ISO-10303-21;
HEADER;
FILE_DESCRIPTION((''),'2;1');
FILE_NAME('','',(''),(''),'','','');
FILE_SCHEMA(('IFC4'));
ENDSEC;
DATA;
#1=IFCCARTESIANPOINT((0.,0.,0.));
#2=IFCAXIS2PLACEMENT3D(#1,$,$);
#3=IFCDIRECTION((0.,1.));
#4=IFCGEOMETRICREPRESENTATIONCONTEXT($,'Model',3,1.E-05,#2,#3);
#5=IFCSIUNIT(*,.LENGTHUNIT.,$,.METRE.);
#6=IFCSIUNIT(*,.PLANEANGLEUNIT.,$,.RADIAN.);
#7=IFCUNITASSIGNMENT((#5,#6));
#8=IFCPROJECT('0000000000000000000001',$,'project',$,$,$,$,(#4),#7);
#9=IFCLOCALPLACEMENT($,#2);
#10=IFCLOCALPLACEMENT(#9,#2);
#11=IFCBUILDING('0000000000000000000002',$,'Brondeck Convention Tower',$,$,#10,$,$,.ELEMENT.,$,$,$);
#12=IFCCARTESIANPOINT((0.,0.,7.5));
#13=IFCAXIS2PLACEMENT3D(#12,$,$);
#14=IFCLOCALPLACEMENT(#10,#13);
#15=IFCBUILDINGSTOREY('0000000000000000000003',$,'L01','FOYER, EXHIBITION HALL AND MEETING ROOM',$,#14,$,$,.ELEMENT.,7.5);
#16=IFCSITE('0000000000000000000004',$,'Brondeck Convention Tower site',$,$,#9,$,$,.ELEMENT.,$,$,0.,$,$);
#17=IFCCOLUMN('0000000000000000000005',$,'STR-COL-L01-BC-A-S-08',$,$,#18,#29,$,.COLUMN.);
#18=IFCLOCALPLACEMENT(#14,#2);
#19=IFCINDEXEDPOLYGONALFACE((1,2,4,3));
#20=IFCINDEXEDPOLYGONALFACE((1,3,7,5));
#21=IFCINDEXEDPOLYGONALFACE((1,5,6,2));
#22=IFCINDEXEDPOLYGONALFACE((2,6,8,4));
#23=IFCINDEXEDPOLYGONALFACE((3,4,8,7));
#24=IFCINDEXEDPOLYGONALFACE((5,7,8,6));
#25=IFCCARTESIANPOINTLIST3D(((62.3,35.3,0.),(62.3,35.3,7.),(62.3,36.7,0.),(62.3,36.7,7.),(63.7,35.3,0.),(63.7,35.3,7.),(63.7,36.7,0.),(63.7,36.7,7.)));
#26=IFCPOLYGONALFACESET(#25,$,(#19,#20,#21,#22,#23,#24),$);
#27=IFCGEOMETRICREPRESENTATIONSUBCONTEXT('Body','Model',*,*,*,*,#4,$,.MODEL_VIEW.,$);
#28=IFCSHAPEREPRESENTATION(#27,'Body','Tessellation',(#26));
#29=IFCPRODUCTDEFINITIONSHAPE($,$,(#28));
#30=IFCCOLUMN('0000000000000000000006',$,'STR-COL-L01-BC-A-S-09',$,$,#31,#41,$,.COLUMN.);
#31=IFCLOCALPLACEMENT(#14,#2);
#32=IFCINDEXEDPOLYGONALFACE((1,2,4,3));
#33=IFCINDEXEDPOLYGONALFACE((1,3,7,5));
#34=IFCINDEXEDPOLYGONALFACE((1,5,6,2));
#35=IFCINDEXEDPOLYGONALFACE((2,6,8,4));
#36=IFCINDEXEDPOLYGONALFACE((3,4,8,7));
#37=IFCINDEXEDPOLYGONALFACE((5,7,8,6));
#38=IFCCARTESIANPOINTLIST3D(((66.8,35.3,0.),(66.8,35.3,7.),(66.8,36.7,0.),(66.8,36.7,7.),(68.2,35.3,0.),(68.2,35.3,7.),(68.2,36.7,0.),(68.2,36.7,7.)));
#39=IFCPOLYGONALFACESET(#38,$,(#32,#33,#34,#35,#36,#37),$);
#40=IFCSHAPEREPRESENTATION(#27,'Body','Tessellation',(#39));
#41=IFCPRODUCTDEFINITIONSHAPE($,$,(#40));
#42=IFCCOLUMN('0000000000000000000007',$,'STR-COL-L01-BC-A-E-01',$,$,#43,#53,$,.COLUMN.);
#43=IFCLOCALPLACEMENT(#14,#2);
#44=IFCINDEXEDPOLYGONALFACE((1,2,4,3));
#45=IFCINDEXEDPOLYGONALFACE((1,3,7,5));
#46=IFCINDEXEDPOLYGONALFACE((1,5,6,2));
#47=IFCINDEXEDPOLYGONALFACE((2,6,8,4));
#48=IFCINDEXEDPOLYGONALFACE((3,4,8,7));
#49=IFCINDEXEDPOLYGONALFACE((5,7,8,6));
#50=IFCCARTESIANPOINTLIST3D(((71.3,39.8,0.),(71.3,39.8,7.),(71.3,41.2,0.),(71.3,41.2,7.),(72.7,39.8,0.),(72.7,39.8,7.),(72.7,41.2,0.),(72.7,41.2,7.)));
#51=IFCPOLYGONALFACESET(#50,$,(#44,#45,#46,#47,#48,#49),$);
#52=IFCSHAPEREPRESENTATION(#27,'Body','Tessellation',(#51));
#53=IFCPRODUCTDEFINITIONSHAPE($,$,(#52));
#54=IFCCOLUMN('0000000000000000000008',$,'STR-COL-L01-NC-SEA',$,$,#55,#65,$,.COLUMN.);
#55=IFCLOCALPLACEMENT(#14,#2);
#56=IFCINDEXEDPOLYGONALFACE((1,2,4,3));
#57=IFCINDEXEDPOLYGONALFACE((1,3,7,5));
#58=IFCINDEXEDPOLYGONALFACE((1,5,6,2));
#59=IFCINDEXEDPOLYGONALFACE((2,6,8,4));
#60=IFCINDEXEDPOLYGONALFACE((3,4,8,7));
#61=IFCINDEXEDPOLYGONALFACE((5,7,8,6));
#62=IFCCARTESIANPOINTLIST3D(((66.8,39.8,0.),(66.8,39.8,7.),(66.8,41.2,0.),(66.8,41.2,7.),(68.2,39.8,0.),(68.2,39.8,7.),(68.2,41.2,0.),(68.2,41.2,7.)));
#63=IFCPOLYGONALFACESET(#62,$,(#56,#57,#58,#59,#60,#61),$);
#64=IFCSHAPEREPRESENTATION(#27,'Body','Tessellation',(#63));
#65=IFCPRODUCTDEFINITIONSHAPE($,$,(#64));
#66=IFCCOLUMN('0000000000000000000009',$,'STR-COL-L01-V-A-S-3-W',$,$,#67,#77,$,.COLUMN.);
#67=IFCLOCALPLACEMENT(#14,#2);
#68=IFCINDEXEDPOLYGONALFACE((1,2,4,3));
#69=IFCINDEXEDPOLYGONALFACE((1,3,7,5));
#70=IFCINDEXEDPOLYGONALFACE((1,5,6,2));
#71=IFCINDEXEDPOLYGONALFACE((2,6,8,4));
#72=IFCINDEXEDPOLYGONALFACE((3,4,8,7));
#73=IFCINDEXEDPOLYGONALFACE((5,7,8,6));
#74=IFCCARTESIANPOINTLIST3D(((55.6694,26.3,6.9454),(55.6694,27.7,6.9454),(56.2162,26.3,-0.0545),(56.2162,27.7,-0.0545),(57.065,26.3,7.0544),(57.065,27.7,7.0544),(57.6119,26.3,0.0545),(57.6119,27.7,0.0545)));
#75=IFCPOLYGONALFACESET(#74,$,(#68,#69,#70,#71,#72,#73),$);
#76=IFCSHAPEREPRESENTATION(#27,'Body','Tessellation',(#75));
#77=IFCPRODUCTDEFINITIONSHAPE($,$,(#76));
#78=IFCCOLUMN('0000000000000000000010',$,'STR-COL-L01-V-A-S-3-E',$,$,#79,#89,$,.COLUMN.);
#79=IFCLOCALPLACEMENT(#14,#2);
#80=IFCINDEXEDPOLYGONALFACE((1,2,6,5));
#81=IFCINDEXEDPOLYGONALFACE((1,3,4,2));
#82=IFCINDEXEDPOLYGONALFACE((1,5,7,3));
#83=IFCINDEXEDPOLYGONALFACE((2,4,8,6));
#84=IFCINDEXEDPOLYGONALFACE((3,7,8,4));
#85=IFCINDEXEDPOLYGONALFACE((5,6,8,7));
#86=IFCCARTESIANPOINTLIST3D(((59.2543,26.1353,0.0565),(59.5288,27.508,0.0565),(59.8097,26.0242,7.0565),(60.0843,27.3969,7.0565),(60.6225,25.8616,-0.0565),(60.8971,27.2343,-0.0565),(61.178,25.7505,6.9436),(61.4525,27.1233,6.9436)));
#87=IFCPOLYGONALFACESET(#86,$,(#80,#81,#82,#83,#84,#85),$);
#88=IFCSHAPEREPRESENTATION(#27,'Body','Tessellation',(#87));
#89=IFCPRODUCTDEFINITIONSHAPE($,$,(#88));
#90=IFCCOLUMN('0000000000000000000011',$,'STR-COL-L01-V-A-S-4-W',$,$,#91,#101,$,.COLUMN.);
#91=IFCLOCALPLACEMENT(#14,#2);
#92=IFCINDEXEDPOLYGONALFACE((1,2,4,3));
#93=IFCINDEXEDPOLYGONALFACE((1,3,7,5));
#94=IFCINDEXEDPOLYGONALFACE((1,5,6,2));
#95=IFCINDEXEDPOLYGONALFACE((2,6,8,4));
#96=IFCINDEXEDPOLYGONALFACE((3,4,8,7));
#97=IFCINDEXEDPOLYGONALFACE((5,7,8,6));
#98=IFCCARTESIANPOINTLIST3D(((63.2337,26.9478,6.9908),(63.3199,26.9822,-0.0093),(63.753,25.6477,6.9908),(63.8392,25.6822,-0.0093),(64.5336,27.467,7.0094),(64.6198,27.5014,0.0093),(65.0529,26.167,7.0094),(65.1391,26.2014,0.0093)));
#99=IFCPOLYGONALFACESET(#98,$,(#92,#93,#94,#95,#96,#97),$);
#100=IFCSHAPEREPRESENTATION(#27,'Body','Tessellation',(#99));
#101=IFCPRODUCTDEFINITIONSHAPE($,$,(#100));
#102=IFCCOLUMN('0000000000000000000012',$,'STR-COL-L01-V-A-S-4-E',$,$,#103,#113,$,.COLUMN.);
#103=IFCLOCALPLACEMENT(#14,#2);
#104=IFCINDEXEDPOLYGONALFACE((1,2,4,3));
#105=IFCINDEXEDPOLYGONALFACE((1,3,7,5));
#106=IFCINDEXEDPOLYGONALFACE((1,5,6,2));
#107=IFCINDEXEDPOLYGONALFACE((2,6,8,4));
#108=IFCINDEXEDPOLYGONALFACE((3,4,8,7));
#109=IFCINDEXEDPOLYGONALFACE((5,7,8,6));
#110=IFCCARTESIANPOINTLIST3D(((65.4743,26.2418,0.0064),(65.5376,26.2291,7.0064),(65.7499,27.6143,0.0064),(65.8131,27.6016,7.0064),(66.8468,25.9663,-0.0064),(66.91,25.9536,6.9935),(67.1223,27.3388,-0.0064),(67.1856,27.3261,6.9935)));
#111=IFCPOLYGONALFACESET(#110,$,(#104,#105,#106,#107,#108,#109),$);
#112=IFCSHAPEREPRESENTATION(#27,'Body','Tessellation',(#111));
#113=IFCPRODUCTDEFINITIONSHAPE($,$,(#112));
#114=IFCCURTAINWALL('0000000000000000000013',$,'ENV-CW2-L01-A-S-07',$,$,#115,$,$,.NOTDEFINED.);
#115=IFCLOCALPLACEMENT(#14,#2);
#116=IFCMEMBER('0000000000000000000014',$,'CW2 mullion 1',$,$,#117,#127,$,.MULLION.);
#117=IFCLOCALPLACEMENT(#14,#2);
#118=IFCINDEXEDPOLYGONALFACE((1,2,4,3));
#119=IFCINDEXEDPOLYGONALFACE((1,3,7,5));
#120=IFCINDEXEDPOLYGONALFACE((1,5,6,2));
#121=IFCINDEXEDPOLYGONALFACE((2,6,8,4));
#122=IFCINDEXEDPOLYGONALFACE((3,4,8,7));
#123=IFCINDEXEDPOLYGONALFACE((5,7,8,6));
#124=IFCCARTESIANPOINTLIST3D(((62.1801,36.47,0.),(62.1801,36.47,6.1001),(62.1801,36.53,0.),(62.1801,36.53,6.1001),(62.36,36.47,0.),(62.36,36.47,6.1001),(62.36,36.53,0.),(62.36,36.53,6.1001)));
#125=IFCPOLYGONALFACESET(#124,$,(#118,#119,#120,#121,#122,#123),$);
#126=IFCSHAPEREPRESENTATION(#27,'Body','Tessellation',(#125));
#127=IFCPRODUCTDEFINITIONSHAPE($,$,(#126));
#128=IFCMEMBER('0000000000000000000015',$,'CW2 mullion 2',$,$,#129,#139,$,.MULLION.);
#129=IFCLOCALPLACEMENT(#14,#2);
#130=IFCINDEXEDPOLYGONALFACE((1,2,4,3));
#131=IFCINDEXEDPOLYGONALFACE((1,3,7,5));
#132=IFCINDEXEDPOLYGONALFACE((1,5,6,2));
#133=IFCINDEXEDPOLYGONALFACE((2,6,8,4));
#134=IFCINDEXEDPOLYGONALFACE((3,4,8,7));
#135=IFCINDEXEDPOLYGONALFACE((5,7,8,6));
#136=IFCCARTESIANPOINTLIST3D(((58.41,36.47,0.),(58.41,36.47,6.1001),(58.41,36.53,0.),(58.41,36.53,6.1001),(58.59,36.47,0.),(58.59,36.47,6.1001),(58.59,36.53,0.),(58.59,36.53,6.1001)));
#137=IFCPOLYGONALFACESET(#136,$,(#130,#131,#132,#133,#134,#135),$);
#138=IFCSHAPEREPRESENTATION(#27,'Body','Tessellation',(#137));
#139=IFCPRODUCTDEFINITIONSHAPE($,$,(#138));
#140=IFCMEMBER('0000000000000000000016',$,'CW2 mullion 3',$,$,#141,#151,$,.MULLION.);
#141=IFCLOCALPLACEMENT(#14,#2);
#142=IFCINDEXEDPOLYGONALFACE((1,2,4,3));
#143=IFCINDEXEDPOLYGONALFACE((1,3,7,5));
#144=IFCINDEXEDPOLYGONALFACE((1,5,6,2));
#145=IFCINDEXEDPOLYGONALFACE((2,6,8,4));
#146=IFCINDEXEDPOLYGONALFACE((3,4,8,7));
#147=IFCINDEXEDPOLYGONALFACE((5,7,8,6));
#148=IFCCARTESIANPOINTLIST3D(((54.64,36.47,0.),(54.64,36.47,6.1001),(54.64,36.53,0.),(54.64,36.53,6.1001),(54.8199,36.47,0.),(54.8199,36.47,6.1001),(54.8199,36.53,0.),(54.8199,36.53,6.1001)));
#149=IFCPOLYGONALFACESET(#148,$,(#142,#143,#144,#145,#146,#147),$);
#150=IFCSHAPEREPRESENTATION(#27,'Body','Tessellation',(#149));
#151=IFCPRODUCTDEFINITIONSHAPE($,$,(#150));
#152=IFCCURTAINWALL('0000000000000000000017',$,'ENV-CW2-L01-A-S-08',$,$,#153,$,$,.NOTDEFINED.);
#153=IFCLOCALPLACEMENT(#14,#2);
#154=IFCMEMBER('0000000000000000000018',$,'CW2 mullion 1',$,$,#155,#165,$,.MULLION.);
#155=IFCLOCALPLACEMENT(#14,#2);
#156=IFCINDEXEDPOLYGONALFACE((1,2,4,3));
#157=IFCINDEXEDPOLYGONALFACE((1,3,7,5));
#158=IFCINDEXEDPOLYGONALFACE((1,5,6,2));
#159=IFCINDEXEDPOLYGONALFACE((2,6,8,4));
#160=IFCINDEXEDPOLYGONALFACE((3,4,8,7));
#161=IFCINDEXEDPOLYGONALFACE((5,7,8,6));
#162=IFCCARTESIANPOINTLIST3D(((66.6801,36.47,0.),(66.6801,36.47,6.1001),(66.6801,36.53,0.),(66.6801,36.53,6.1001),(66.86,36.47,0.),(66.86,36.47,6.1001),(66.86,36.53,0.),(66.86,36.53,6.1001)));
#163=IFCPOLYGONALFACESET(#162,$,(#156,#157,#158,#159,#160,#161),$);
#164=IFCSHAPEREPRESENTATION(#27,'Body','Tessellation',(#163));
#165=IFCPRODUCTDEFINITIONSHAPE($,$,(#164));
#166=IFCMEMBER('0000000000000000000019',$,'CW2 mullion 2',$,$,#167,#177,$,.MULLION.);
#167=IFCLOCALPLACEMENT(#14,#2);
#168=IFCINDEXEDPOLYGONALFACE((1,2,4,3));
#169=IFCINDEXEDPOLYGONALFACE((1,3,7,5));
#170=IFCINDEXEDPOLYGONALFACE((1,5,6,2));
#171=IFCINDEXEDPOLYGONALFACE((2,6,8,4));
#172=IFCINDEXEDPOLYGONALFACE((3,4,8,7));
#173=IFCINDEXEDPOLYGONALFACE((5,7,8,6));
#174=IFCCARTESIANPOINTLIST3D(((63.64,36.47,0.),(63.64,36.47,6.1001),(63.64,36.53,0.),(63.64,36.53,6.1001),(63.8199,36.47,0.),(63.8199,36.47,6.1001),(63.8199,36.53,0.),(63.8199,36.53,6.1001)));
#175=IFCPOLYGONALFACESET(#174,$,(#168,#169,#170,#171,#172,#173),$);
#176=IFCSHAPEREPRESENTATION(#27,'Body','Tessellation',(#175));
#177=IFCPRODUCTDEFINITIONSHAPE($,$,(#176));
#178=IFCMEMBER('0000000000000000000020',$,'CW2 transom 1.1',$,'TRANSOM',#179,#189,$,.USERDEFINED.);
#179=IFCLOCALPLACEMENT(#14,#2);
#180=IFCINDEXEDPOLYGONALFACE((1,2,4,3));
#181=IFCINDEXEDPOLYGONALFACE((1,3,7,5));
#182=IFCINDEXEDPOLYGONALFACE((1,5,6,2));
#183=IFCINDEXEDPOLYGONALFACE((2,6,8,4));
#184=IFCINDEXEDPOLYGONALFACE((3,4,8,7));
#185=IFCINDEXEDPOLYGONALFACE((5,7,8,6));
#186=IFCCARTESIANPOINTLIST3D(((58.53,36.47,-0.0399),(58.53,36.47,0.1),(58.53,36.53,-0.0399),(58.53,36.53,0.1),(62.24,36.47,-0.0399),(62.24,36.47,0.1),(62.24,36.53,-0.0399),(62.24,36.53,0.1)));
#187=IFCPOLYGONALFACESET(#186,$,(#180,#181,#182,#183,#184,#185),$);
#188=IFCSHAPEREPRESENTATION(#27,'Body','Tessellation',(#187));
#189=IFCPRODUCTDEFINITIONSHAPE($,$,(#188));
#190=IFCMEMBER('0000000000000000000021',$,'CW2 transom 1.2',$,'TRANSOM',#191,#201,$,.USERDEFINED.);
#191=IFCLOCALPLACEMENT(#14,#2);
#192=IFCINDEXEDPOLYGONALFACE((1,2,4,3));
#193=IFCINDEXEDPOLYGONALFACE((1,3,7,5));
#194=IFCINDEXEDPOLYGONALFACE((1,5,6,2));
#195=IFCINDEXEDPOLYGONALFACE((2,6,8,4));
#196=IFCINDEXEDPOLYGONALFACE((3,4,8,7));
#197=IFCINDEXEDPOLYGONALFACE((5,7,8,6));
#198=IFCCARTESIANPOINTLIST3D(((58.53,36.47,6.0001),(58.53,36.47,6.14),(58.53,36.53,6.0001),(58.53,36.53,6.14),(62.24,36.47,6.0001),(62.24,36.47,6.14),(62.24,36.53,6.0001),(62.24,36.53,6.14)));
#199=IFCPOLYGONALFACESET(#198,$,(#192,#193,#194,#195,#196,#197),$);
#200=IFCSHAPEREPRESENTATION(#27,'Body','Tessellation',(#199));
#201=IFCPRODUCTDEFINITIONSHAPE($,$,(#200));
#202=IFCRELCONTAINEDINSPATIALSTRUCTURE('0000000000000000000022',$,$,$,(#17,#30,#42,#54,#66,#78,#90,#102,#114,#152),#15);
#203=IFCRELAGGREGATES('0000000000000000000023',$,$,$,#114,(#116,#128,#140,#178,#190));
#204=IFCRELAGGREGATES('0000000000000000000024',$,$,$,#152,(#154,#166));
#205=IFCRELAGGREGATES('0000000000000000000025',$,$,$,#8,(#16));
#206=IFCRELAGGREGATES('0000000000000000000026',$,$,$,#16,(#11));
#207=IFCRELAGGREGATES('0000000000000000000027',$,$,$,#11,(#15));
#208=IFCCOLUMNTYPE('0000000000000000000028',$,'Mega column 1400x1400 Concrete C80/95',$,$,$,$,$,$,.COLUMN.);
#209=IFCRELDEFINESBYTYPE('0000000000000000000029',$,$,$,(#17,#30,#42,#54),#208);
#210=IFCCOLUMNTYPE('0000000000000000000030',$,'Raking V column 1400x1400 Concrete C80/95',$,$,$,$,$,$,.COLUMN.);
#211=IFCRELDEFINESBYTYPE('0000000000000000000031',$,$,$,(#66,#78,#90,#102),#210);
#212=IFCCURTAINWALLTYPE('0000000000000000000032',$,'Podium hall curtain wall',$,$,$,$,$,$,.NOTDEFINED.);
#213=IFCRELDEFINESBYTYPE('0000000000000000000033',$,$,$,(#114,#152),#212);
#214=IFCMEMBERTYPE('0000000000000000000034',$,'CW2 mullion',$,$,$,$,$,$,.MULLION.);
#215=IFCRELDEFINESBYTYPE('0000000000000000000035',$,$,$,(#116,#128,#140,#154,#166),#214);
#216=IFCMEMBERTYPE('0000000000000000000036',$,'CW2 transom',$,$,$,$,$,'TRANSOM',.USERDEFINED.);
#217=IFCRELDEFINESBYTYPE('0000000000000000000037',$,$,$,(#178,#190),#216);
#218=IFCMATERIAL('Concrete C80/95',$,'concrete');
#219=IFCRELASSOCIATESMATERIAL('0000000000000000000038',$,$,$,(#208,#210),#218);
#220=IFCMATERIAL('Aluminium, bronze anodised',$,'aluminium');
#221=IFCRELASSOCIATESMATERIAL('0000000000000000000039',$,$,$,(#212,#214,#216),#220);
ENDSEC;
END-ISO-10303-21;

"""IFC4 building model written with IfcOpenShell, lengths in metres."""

from ifc_helpers import new_model, si_unit, direction, frame, origin, origin_2d, place, context, subcontext, project, spatial, rectangle, extrude, material, material_profile, profile_set, type_object, element, aggregate, save


model = new_model("IFC4")

# Units and contexts
model_context = context("Model", 3, precision=1e-05, world=origin(), true_north=direction((0.0, 1.0)))
body_context = subcontext(model_context, "Body", "Model", "MODEL_VIEW")
ifc_project = project(units=[si_unit("LENGTHUNIT", "METRE"), si_unit("PLANEANGLEUNIT", "RADIAN")], contexts=[model_context])

# Site, building, storey
site_placement = place(None, origin())
site = spatial("IfcSite", under=ifc_project, at=site_placement, Name="Brondeck Convention Tower site", CompositionType="ELEMENT", RefElevation=0.0)
building_placement = place(site_placement, origin())
building = spatial("IfcBuilding", under=site, at=building_placement, Name="Brondeck Convention Tower", CompositionType="ELEMENT")
storey_placement = place(building_placement, frame((0.0, 0.0, 7.5)))
storey = spatial("IfcBuildingStorey", under=building, at=storey_placement, Name="L01", Description="FOYER, EXHIBITION HALL AND MEETING ROOM", CompositionType="ELEMENT", Elevation=7.5)

# Columns
ifc_material_1 = material(Name="Concrete C80/95", Category="concrete")
ifc_material_profile_1 = material_profile(ifc_material_1, rectangle(XDim=1.3999, YDim=1.3999, at=origin_2d()), Name="Mega column 1400x1400 Concrete C80/95")
ifc_profile_set_1 = profile_set([ifc_material_profile_1], Name="Concrete C80/95")
column_type_1 = type_object("IfcColumnType", Name="Mega column 1400x1400 Concrete C80/95", PredefinedType="COLUMN", material=ifc_profile_set_1)
for number, where, z_axis, x_axis, name in (
    (1, (63.0, 36.0, 0.0), (0.0, 0.0, 1.0), (1.0, 0.0, 0.0), "STR-COL-L01-BC-A-S-08"),
    (2, (67.5, 36.0, 0.0), (0.0, 0.0, 1.0), (1.0, 0.0, 0.0), "STR-COL-L01-BC-A-S-09"),
    (3, (72.0, 40.5, 0.0), (0.0, 0.0, 1.0), (1.0, 0.0, 0.0), "STR-COL-L01-BC-A-E-01"),
    (4, (67.5, 40.5, 0.0), (0.0, 0.0, 1.0), (1.0, 0.0, 0.0), "STR-COL-L01-NC-SEA"),
):
    element("IfcColumn", number, at=place(storey_placement, frame(where, z_axis=z_axis, x_axis=x_axis)), inside=storey, type_object=column_type_1, Name=name, PredefinedType="COLUMN", context=body_context, shape_type="SweptSolid", body=[
        extrude(rectangle(XDim=1.3999, YDim=1.3999, at=origin_2d()), origin(), (0.0, 0.0, 1.0), 7.0),
    ])
ifc_material_profile_2 = material_profile(ifc_material_1, rectangle(XDim=1.3999, YDim=1.3999, at=origin_2d()), Name="Raking V column 1400x1400 Concrete C80/95")
ifc_profile_set_2 = profile_set([ifc_material_profile_2], Name="Concrete C80/95")
column_type_2 = type_object("IfcColumnType", Name="Raking V column 1400x1400 Concrete C80/95", PredefinedType="COLUMN", material=ifc_profile_set_2)
column_1_placement = place(storey_placement, frame((56.9141, 27.0, 0.0), z_axis=(-0.077888, 0.0, 0.996962), x_axis=(0.0, -1.0, 0.0)))
element("IfcColumn", 5, at=column_1_placement, inside=storey, type_object=column_type_2, Name="STR-COL-L01-V-A-S-3-W", PredefinedType="COLUMN", context=body_context, shape_type="SweptSolid", body=[
    extrude(rectangle(XDim=1.3999, YDim=1.3999, at=origin_2d()), origin(), (0.0, 0.0, 1.0), 7.0212),
])
column_2_placement = place(storey_placement, frame((60.0757, 26.6848, 0.0), z_axis=(0.079087, -0.015817, 0.996742), x_axis=(0.196116, 0.980581, 0.0)))
element("IfcColumn", 6, at=column_2_placement, inside=storey, type_object=column_type_2, Name="STR-COL-L01-V-A-S-3-E", PredefinedType="COLUMN", context=body_context, shape_type="SweptSolid", body=[
    extrude(rectangle(XDim=1.3999, YDim=1.3999, at=origin_2d()), origin(), (0.0, 0.0, 1.0), 7.0229),
])
column_3_placement = place(storey_placement, frame((64.2295, 26.5918, 0.0), z_axis=(-0.012311, -0.004917, 0.999912), x_axis=(0.370937, -0.928658, 0.0)))
element("IfcColumn", 7, at=column_3_placement, inside=storey, type_object=column_type_2, Name="STR-COL-L01-V-A-S-4-W", PredefinedType="COLUMN", context=body_context, shape_type="SweptSolid", body=[
    extrude(rectangle(XDim=1.3999, YDim=1.3999, at=origin_2d()), origin(), (0.0, 0.0, 1.0), 7.0007),
])
column_4_placement = place(storey_placement, frame((66.2983, 26.7903, 0.0), z_axis=(0.009033, -0.001814, 0.999958), x_axis=(0.196844, 0.980435, 0.0)))
element("IfcColumn", 8, at=column_4_placement, inside=storey, type_object=column_type_2, Name="STR-COL-L01-V-A-S-4-E", PredefinedType="COLUMN", context=body_context, shape_type="SweptSolid", body=[
    extrude(rectangle(XDim=1.3999, YDim=1.3999, at=origin_2d()), origin(), (0.0, 0.0, 1.0), 7.0002),
])

# Curtain walls, members
ifc_material_2 = material(Name="Aluminium, bronze anodised", Category="aluminium")
curtain_wall_type = type_object("IfcCurtainWallType", Name="Podium hall curtain wall", PredefinedType="NOTDEFINED", material=ifc_material_2)
curtain_wall_1_placement = place(storey_placement, origin())
curtain_wall_1 = element("IfcCurtainWall", 9, at=curtain_wall_1_placement, inside=storey, type_object=curtain_wall_type, Name="ENV-CW2-L01-A-S-07", PredefinedType="NOTDEFINED")
ifc_material_profile_3 = material_profile(ifc_material_2, rectangle(XDim=0.0601, YDim=0.1799, at=origin_2d()), Name="CW2 mullion")
ifc_profile_set_3 = profile_set([ifc_material_profile_3], Name="Aluminium, bronze anodised")
member_type_1 = type_object("IfcMemberType", Name="CW2 mullion", PredefinedType="MULLION", material=ifc_profile_set_3)
member_1_placement = place(storey_placement, frame((62.27, 36.5, 0.0), z_axis=(0.0, 0.0, 1.0), x_axis=(0.0, -1.0, 0.0)))
member_1 = element("IfcMember", 10, at=member_1_placement, type_object=member_type_1, Name="CW2 mullion 1", PredefinedType="MULLION", context=body_context, shape_type="SweptSolid", body=[
    extrude(rectangle(XDim=0.0601, YDim=0.1799, at=origin_2d()), origin(), (0.0, 0.0, 1.0), 6.1001),
])
member_2_placement = place(storey_placement, frame((58.5, 36.5, 0.0), z_axis=(0.0, 0.0, 1.0), x_axis=(0.0, -1.0, 0.0)))
member_2 = element("IfcMember", 11, at=member_2_placement, type_object=member_type_1, Name="CW2 mullion 2", PredefinedType="MULLION", context=body_context, shape_type="SweptSolid", body=[
    extrude(rectangle(XDim=0.0601, YDim=0.1799, at=origin_2d()), origin(), (0.0, 0.0, 1.0), 6.1001),
])
member_3_placement = place(storey_placement, frame((54.73, 36.5, 0.0), z_axis=(0.0, 0.0, 1.0), x_axis=(0.0, -1.0, 0.0)))
member_3 = element("IfcMember", 12, at=member_3_placement, type_object=member_type_1, Name="CW2 mullion 3", PredefinedType="MULLION", context=body_context, shape_type="SweptSolid", body=[
    extrude(rectangle(XDim=0.0601, YDim=0.1799, at=origin_2d()), origin(), (0.0, 0.0, 1.0), 6.1001),
])
curtain_wall_2_placement = place(storey_placement, origin())
curtain_wall_2 = element("IfcCurtainWall", 13, at=curtain_wall_2_placement, inside=storey, type_object=curtain_wall_type, Name="ENV-CW2-L01-A-S-08", PredefinedType="NOTDEFINED")
member_4_placement = place(storey_placement, frame((66.77, 36.5, 0.0), z_axis=(0.0, 0.0, 1.0), x_axis=(0.0, -1.0, 0.0)))
member_4 = element("IfcMember", 14, at=member_4_placement, type_object=member_type_1, Name="CW2 mullion 1", PredefinedType="MULLION", context=body_context, shape_type="SweptSolid", body=[
    extrude(rectangle(XDim=0.0601, YDim=0.1799, at=origin_2d()), origin(), (0.0, 0.0, 1.0), 6.1001),
])
member_5_placement = place(storey_placement, frame((63.73, 36.5, 0.0), z_axis=(0.0, 0.0, 1.0), x_axis=(0.0, -1.0, 0.0)))
member_5 = element("IfcMember", 15, at=member_5_placement, type_object=member_type_1, Name="CW2 mullion 2", PredefinedType="MULLION", context=body_context, shape_type="SweptSolid", body=[
    extrude(rectangle(XDim=0.0601, YDim=0.1799, at=origin_2d()), origin(), (0.0, 0.0, 1.0), 6.1001),
])

# Members
ifc_material_profile_4 = material_profile(ifc_material_2, rectangle(XDim=0.0601, YDim=0.1399, at=origin_2d()), Name="CW2 transom")
ifc_profile_set_4 = profile_set([ifc_material_profile_4], Name="Aluminium, bronze anodised")
member_type_2 = type_object("IfcMemberType", Name="CW2 transom", ElementType="TRANSOM", PredefinedType="USERDEFINED", material=ifc_profile_set_4)
member_6_placement = place(storey_placement, frame((62.24, 36.5, 0.03), z_axis=(-1.0, 0.0, 0.0), x_axis=(0.0, -1.0, 0.0)))
member_6 = element("IfcMember", 16, at=member_6_placement, type_object=member_type_2, Name="CW2 transom 1.1", ObjectType="TRANSOM", PredefinedType="USERDEFINED", context=body_context, shape_type="SweptSolid", body=[
    extrude(rectangle(XDim=0.0601, YDim=0.1399, at=origin_2d()), origin(), (0.0, 0.0, 1.0), 3.71),
])
member_7_placement = place(storey_placement, frame((62.24, 36.5, 6.0701), z_axis=(-1.0, 0.0, 0.0), x_axis=(0.0, -1.0, 0.0)))
member_7 = element("IfcMember", 17, at=member_7_placement, type_object=member_type_2, Name="CW2 transom 1.2", ObjectType="TRANSOM", PredefinedType="USERDEFINED", context=body_context, shape_type="SweptSolid", body=[
    extrude(rectangle(XDim=0.0601, YDim=0.1399, at=origin_2d()), origin(), (0.0, 0.0, 1.0), 3.71),
])

aggregate(curtain_wall_1, [member_1, member_2, member_3, member_6, member_7])
aggregate(curtain_wall_2, [member_4, member_5])

save(model, "model.ifc")
